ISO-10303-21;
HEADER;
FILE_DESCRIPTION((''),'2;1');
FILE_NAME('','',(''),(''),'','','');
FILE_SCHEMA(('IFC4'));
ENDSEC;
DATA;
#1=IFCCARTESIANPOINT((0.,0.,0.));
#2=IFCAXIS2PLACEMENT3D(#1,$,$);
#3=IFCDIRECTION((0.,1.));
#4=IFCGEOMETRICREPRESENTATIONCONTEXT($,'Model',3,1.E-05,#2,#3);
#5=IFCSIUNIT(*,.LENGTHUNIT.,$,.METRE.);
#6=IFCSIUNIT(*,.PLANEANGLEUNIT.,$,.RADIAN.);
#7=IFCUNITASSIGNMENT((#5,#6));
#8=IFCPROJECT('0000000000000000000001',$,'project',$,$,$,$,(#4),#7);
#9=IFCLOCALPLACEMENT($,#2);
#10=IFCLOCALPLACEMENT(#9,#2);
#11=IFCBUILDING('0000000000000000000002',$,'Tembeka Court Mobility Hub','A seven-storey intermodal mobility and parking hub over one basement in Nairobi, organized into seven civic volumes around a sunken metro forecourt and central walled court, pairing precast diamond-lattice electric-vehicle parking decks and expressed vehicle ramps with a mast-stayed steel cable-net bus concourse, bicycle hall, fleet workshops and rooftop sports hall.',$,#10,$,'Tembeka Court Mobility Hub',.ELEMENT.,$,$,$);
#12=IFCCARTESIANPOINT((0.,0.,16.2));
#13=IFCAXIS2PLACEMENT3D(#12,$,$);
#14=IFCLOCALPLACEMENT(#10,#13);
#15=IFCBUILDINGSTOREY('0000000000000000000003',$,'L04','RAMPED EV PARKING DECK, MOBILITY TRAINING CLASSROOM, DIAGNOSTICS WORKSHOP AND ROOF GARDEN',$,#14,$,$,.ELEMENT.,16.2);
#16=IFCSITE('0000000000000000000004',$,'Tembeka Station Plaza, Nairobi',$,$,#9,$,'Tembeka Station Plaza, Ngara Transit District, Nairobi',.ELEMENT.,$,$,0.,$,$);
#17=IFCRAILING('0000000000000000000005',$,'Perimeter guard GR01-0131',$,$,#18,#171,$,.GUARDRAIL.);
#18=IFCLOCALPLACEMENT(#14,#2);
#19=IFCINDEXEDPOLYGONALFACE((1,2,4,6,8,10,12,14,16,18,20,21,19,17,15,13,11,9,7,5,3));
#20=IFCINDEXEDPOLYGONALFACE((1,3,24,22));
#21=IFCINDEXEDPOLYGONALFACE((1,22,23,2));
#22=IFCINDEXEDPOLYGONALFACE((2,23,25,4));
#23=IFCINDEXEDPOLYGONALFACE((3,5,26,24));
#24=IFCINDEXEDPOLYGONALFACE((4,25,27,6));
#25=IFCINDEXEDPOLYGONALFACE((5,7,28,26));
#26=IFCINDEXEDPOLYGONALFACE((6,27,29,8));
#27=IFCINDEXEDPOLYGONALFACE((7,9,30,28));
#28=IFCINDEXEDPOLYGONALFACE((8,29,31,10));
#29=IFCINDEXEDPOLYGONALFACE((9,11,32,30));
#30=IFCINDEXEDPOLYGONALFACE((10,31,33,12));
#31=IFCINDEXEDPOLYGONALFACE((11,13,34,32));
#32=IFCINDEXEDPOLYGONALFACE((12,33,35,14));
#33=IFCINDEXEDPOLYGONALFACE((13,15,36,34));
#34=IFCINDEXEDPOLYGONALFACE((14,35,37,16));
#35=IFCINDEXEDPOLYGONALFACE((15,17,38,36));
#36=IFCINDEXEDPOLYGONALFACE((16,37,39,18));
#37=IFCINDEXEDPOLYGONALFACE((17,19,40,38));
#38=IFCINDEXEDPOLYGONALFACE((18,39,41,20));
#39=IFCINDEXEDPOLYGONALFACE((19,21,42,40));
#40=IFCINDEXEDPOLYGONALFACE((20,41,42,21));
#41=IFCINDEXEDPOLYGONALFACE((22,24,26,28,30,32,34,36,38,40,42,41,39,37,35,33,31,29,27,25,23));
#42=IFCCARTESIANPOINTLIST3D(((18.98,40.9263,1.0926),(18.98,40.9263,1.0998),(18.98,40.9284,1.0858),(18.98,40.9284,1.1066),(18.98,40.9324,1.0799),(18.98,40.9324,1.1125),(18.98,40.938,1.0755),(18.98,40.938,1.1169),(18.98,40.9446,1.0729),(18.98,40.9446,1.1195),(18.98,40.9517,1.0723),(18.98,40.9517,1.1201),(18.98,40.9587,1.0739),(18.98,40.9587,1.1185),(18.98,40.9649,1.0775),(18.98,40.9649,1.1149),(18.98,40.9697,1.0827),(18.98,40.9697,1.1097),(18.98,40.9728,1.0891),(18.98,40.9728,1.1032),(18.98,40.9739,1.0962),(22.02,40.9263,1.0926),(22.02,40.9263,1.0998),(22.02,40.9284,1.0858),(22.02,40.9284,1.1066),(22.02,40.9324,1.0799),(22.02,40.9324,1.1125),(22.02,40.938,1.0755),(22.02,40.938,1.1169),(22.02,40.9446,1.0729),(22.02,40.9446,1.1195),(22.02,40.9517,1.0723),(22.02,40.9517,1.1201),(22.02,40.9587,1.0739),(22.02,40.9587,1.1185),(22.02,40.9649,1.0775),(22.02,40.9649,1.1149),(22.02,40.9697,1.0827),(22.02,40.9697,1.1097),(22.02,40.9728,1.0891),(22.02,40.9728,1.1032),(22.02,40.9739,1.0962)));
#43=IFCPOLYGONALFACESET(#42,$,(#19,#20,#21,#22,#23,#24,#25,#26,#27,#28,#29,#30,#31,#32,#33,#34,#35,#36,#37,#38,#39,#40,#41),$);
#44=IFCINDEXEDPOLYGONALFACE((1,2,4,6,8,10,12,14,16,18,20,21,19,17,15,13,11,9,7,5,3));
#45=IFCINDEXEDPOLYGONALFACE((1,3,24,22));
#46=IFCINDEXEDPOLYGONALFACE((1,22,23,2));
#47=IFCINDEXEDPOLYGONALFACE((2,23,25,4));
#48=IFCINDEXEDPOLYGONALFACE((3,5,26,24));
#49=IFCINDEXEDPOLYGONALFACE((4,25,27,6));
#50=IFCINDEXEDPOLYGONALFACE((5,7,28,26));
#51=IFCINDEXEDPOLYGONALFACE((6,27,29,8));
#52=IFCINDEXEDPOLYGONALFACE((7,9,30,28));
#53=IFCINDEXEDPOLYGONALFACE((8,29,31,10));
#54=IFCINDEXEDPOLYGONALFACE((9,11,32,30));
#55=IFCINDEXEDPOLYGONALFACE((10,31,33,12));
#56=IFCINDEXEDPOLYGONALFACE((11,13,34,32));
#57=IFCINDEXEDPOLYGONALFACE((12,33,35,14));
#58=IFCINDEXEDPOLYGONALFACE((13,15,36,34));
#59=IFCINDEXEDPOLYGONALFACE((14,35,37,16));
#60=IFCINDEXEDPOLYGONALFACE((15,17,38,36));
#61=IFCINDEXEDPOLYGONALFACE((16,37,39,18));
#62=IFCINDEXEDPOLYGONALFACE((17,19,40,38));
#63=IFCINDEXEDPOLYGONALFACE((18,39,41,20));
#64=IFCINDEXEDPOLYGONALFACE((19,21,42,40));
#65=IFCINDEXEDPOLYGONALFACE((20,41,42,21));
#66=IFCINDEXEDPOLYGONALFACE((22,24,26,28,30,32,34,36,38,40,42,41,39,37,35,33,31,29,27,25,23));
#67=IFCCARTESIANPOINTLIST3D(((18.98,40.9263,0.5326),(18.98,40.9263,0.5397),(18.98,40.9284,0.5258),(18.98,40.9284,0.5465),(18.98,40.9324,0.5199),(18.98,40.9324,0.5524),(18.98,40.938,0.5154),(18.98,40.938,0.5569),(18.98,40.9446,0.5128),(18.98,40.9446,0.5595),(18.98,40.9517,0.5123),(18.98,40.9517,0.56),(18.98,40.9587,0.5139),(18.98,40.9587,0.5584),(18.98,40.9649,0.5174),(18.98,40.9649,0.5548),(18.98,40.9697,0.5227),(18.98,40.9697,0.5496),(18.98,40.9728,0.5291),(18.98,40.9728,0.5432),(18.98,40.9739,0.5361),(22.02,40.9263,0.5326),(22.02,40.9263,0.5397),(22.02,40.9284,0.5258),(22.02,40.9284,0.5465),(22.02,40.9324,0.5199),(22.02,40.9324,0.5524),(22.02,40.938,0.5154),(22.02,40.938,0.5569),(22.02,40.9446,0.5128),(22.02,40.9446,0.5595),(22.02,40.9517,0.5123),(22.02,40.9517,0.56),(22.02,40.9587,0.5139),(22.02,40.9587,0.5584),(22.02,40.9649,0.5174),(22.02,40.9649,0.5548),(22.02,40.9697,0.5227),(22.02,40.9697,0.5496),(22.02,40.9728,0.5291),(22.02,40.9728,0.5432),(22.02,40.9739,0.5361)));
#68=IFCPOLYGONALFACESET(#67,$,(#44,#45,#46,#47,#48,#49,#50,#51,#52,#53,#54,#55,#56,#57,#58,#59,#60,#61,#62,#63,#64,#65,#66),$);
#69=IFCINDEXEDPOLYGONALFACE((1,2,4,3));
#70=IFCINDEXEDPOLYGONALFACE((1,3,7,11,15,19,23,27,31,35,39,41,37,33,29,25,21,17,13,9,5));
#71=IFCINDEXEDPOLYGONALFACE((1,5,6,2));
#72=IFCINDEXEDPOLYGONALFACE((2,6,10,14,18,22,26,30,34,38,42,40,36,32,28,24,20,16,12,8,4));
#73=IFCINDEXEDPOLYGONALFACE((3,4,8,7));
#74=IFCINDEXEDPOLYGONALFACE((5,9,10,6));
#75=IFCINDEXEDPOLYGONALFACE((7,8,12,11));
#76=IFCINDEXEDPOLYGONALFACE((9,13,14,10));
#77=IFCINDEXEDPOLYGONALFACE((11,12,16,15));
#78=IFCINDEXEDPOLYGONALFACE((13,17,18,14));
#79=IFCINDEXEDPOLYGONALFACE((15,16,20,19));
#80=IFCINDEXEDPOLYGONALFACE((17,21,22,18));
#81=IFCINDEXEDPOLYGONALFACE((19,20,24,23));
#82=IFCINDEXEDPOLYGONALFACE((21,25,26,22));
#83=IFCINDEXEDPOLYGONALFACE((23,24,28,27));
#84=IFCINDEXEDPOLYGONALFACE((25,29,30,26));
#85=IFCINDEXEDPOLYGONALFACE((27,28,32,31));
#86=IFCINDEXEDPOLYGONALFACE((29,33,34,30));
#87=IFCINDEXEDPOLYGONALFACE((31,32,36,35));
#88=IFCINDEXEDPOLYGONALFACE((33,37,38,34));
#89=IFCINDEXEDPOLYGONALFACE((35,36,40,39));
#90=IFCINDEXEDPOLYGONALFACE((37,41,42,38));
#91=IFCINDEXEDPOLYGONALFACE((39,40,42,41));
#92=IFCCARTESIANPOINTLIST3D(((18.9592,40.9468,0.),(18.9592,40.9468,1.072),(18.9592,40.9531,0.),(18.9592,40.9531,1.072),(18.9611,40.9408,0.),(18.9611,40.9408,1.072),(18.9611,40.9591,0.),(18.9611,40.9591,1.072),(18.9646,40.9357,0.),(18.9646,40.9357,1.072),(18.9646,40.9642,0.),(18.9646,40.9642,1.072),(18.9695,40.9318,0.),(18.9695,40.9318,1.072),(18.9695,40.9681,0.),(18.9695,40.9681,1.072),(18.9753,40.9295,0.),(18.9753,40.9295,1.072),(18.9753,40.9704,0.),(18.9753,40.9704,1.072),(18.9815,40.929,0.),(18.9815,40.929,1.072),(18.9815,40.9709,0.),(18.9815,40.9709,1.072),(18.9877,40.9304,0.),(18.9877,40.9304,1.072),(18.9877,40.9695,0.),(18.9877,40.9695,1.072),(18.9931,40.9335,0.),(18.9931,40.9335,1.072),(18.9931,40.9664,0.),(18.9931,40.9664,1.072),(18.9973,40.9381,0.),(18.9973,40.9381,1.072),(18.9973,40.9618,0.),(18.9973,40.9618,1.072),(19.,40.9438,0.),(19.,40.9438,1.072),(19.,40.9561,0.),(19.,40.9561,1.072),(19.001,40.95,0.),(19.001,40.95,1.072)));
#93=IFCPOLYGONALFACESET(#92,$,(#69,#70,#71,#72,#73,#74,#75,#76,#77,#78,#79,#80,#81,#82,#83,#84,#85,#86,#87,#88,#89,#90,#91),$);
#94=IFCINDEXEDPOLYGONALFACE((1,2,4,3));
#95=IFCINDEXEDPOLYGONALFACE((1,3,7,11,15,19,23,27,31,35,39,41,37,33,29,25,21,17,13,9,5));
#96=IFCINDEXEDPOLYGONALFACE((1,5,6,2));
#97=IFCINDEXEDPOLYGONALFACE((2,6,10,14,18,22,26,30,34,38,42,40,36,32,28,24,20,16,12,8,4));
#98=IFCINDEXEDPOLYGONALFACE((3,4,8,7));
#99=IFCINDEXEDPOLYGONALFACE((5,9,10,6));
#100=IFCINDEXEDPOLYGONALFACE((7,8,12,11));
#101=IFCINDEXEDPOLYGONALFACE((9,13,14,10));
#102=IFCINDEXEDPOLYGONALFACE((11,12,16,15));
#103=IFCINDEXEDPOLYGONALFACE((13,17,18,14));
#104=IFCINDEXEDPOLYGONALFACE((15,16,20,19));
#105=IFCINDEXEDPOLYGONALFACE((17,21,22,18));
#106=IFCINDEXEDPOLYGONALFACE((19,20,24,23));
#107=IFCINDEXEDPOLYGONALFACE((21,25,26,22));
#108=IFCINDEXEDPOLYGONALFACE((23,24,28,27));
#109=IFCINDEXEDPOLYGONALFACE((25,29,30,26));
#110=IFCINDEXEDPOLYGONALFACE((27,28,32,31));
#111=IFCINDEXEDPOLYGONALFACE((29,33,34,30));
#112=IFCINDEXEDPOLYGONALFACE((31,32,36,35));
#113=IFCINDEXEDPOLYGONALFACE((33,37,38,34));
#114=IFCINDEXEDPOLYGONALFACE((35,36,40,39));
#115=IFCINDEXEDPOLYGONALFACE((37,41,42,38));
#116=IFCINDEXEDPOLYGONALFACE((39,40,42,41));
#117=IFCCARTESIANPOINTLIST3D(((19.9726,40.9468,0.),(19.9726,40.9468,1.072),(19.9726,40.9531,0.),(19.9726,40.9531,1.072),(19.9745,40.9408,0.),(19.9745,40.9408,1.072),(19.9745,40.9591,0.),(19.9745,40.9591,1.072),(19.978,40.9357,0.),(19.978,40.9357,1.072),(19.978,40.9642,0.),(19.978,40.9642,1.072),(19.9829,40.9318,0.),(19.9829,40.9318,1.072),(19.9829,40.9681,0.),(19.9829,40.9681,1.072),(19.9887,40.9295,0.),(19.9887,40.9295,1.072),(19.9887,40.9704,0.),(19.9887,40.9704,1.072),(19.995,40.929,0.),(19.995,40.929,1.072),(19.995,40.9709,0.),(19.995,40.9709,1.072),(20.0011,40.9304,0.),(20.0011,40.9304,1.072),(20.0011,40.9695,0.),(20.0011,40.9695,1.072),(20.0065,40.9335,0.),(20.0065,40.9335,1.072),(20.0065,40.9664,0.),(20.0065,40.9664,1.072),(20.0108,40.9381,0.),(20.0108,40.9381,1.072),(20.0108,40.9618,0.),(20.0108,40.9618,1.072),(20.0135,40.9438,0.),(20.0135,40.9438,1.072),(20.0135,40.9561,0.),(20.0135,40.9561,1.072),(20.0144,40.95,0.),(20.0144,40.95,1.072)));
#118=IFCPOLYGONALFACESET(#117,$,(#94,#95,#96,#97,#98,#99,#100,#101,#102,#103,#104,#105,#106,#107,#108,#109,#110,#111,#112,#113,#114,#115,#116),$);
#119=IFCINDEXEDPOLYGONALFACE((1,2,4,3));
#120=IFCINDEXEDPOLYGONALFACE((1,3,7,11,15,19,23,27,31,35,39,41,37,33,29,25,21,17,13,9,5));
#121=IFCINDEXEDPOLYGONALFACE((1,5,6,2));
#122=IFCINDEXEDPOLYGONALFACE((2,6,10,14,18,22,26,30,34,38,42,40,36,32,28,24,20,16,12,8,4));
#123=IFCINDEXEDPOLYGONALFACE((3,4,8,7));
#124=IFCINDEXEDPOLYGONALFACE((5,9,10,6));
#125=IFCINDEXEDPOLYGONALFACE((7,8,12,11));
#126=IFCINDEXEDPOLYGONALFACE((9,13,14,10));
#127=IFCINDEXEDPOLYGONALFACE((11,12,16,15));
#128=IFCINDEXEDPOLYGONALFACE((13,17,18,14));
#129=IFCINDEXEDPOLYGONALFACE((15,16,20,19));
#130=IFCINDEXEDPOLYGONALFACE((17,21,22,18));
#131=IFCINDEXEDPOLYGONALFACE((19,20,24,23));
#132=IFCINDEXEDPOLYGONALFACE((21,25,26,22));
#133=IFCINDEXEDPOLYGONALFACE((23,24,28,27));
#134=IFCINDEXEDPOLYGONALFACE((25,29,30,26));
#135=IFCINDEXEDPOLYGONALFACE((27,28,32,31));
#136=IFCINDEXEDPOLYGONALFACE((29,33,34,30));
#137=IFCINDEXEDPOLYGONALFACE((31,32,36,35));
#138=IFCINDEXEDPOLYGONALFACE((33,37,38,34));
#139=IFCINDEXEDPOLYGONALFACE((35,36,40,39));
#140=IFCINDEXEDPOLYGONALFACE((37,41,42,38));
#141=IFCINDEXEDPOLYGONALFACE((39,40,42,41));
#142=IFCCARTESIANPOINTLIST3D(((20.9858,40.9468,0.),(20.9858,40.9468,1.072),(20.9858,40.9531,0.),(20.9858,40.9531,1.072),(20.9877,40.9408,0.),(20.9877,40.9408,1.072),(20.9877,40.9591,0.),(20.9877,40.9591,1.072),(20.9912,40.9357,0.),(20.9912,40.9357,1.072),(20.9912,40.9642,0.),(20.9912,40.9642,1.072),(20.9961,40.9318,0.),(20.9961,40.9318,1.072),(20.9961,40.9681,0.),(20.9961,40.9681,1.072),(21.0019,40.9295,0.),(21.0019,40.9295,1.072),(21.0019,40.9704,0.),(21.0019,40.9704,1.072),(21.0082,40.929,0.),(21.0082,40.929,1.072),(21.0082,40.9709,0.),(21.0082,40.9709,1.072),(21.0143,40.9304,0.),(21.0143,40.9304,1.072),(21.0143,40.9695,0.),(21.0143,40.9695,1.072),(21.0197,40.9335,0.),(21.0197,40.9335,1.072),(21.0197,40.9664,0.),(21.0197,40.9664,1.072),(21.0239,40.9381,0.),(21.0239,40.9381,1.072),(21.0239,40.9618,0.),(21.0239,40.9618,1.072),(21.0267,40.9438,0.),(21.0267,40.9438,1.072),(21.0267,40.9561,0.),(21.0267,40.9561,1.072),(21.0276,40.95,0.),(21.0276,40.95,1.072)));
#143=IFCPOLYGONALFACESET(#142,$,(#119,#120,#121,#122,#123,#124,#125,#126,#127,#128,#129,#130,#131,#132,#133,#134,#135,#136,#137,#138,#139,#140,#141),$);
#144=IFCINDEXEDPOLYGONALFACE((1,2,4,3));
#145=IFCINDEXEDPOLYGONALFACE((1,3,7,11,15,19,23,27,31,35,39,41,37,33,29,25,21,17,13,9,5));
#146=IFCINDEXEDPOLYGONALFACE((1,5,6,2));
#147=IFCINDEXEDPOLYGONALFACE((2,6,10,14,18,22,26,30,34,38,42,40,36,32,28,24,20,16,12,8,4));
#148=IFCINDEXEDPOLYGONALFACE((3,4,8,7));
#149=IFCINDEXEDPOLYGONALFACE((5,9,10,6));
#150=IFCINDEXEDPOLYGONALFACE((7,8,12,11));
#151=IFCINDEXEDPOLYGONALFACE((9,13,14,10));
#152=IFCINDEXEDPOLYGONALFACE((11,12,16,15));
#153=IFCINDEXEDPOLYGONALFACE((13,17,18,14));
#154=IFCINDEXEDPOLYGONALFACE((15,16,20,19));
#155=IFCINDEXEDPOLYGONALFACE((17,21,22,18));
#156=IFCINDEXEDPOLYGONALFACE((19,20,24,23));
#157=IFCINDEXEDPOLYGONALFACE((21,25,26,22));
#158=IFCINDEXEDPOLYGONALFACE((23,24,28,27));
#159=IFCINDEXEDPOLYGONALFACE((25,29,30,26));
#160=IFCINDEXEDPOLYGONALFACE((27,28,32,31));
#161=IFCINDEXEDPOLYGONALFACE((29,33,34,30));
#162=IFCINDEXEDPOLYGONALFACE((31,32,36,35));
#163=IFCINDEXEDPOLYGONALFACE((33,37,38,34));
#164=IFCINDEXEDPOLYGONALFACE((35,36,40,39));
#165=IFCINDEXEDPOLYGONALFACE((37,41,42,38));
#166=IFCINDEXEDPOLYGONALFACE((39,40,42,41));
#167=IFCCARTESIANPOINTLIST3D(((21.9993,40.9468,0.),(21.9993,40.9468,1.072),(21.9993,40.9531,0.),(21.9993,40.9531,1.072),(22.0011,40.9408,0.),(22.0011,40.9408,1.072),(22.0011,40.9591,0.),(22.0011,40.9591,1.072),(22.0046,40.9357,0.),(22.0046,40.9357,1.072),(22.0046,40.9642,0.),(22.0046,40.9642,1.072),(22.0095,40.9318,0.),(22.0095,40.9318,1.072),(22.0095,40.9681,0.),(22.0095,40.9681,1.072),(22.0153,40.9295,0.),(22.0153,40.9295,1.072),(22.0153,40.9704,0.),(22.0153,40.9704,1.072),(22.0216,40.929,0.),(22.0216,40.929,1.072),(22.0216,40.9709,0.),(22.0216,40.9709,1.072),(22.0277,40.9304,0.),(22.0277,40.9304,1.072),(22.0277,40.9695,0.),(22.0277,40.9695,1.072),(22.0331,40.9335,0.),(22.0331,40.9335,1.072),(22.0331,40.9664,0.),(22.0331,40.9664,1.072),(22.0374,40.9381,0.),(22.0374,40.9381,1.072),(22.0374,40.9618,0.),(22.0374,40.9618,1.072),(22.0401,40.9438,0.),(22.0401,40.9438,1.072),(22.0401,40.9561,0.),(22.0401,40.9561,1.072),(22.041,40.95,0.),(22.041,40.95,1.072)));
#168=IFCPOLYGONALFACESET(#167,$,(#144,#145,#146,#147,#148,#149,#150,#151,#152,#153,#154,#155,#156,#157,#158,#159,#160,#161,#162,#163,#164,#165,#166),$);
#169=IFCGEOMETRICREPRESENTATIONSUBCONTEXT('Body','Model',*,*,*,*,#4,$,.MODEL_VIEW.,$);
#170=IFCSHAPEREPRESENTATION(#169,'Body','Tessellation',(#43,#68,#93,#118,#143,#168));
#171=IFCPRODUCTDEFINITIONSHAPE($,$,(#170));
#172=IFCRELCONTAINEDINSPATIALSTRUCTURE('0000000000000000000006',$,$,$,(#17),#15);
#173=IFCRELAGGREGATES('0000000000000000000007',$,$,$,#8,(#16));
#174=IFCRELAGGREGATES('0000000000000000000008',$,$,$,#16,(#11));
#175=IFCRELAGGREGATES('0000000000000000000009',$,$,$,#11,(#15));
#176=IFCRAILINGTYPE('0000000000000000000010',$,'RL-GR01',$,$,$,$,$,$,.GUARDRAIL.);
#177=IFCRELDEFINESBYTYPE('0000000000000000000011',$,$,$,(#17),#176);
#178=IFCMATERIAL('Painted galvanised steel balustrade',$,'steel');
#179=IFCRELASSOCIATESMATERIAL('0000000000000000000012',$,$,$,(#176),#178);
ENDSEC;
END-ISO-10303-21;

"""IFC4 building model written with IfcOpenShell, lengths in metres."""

from ifc_helpers import new_model, si_unit, direction, frame, origin, origin_2d, place, context, subcontext, project, spatial, circle, extrude, material, type_object, element, save


model = new_model("IFC4")

# Units and contexts
model_context = context("Model", 3, precision=1e-05, world=origin(), true_north=direction((0.0, 1.0)))
body_context = subcontext(model_context, "Body", "Model", "MODEL_VIEW")
ifc_project = project(units=[si_unit("LENGTHUNIT", "METRE"), si_unit("PLANEANGLEUNIT", "RADIAN")], contexts=[model_context])

# Site, building, storey
site_placement = place(None, origin())
site = spatial("IfcSite", under=ifc_project, at=site_placement, Name="Tembeka Station Plaza, Nairobi", LongName="Tembeka Station Plaza, Ngara Transit District, Nairobi", CompositionType="ELEMENT", RefElevation=0.0)
building_placement = place(site_placement, origin())
building = spatial("IfcBuilding", under=site, at=building_placement, Name="Tembeka Court Mobility Hub", Description="A seven-storey intermodal mobility and parking hub over one basement in Nairobi, organized into seven civic volumes around a sunken metro forecourt and central walled court, pairing precast diamond-lattice electric-vehicle parking decks and expressed vehicle ramps with a mast-stayed steel cable-net bus concourse, bicycle hall, fleet workshops and rooftop sports hall.", LongName="Tembeka Court Mobility Hub", CompositionType="ELEMENT")
storey_placement = place(building_placement, frame((0.0, 0.0, 16.2)))
storey = spatial("IfcBuildingStorey", under=building, at=storey_placement, Name="L04", Description="RAMPED EV PARKING DECK, MOBILITY TRAINING CLASSROOM, DIAGNOSTICS WORKSHOP AND ROOF GARDEN", CompositionType="ELEMENT", Elevation=16.2)

# Railing
ifc_material_1 = material(Name="Painted galvanised steel balustrade", Category="steel")
railing_type_1 = type_object("IfcRailingType", Name="RL-GR01", PredefinedType="GUARDRAIL", material=ifc_material_1)
railing_1_placement = place(storey_placement, frame((18.98, 40.95, 0.0)))
element("IfcRailing", 1, at=railing_1_placement, inside=storey, type_object=railing_type_1, Name="Perimeter guard GR01-0131", PredefinedType="GUARDRAIL", context=body_context, shape_type="SweptSolid", body=[
    extrude(circle(Radius=0.0239, at=origin_2d()), frame((0.0, 0.0, 1.0962), z_axis=(1.0, 0.0, 0.0), x_axis=(0.0, 1.0, 0.0)), (0.0, 0.0, 1.0), 3.04),
    extrude(circle(Radius=0.0239, at=origin_2d()), frame((0.0, 0.0, 0.5361), z_axis=(1.0, 0.0, 0.0), x_axis=(0.0, 1.0, 0.0)), (0.0, 0.0, 1.0), 3.04),
    extrude(circle(Radius=0.021, at=origin_2d()), origin(), (0.0, 0.0, 1.0), 1.072),
    extrude(circle(Radius=0.021, at=origin_2d()), frame((1.0134, 0.0, 0.0)), (0.0, 0.0, 1.0), 1.072),
    extrude(circle(Radius=0.021, at=origin_2d()), frame((2.0266, 0.0, 0.0)), (0.0, 0.0, 1.0), 1.072),
    extrude(circle(Radius=0.021, at=origin_2d()), frame((3.04, 0.0, 0.0)), (0.0, 0.0, 1.0), 1.072),
])

save(model, "model.ifc")
